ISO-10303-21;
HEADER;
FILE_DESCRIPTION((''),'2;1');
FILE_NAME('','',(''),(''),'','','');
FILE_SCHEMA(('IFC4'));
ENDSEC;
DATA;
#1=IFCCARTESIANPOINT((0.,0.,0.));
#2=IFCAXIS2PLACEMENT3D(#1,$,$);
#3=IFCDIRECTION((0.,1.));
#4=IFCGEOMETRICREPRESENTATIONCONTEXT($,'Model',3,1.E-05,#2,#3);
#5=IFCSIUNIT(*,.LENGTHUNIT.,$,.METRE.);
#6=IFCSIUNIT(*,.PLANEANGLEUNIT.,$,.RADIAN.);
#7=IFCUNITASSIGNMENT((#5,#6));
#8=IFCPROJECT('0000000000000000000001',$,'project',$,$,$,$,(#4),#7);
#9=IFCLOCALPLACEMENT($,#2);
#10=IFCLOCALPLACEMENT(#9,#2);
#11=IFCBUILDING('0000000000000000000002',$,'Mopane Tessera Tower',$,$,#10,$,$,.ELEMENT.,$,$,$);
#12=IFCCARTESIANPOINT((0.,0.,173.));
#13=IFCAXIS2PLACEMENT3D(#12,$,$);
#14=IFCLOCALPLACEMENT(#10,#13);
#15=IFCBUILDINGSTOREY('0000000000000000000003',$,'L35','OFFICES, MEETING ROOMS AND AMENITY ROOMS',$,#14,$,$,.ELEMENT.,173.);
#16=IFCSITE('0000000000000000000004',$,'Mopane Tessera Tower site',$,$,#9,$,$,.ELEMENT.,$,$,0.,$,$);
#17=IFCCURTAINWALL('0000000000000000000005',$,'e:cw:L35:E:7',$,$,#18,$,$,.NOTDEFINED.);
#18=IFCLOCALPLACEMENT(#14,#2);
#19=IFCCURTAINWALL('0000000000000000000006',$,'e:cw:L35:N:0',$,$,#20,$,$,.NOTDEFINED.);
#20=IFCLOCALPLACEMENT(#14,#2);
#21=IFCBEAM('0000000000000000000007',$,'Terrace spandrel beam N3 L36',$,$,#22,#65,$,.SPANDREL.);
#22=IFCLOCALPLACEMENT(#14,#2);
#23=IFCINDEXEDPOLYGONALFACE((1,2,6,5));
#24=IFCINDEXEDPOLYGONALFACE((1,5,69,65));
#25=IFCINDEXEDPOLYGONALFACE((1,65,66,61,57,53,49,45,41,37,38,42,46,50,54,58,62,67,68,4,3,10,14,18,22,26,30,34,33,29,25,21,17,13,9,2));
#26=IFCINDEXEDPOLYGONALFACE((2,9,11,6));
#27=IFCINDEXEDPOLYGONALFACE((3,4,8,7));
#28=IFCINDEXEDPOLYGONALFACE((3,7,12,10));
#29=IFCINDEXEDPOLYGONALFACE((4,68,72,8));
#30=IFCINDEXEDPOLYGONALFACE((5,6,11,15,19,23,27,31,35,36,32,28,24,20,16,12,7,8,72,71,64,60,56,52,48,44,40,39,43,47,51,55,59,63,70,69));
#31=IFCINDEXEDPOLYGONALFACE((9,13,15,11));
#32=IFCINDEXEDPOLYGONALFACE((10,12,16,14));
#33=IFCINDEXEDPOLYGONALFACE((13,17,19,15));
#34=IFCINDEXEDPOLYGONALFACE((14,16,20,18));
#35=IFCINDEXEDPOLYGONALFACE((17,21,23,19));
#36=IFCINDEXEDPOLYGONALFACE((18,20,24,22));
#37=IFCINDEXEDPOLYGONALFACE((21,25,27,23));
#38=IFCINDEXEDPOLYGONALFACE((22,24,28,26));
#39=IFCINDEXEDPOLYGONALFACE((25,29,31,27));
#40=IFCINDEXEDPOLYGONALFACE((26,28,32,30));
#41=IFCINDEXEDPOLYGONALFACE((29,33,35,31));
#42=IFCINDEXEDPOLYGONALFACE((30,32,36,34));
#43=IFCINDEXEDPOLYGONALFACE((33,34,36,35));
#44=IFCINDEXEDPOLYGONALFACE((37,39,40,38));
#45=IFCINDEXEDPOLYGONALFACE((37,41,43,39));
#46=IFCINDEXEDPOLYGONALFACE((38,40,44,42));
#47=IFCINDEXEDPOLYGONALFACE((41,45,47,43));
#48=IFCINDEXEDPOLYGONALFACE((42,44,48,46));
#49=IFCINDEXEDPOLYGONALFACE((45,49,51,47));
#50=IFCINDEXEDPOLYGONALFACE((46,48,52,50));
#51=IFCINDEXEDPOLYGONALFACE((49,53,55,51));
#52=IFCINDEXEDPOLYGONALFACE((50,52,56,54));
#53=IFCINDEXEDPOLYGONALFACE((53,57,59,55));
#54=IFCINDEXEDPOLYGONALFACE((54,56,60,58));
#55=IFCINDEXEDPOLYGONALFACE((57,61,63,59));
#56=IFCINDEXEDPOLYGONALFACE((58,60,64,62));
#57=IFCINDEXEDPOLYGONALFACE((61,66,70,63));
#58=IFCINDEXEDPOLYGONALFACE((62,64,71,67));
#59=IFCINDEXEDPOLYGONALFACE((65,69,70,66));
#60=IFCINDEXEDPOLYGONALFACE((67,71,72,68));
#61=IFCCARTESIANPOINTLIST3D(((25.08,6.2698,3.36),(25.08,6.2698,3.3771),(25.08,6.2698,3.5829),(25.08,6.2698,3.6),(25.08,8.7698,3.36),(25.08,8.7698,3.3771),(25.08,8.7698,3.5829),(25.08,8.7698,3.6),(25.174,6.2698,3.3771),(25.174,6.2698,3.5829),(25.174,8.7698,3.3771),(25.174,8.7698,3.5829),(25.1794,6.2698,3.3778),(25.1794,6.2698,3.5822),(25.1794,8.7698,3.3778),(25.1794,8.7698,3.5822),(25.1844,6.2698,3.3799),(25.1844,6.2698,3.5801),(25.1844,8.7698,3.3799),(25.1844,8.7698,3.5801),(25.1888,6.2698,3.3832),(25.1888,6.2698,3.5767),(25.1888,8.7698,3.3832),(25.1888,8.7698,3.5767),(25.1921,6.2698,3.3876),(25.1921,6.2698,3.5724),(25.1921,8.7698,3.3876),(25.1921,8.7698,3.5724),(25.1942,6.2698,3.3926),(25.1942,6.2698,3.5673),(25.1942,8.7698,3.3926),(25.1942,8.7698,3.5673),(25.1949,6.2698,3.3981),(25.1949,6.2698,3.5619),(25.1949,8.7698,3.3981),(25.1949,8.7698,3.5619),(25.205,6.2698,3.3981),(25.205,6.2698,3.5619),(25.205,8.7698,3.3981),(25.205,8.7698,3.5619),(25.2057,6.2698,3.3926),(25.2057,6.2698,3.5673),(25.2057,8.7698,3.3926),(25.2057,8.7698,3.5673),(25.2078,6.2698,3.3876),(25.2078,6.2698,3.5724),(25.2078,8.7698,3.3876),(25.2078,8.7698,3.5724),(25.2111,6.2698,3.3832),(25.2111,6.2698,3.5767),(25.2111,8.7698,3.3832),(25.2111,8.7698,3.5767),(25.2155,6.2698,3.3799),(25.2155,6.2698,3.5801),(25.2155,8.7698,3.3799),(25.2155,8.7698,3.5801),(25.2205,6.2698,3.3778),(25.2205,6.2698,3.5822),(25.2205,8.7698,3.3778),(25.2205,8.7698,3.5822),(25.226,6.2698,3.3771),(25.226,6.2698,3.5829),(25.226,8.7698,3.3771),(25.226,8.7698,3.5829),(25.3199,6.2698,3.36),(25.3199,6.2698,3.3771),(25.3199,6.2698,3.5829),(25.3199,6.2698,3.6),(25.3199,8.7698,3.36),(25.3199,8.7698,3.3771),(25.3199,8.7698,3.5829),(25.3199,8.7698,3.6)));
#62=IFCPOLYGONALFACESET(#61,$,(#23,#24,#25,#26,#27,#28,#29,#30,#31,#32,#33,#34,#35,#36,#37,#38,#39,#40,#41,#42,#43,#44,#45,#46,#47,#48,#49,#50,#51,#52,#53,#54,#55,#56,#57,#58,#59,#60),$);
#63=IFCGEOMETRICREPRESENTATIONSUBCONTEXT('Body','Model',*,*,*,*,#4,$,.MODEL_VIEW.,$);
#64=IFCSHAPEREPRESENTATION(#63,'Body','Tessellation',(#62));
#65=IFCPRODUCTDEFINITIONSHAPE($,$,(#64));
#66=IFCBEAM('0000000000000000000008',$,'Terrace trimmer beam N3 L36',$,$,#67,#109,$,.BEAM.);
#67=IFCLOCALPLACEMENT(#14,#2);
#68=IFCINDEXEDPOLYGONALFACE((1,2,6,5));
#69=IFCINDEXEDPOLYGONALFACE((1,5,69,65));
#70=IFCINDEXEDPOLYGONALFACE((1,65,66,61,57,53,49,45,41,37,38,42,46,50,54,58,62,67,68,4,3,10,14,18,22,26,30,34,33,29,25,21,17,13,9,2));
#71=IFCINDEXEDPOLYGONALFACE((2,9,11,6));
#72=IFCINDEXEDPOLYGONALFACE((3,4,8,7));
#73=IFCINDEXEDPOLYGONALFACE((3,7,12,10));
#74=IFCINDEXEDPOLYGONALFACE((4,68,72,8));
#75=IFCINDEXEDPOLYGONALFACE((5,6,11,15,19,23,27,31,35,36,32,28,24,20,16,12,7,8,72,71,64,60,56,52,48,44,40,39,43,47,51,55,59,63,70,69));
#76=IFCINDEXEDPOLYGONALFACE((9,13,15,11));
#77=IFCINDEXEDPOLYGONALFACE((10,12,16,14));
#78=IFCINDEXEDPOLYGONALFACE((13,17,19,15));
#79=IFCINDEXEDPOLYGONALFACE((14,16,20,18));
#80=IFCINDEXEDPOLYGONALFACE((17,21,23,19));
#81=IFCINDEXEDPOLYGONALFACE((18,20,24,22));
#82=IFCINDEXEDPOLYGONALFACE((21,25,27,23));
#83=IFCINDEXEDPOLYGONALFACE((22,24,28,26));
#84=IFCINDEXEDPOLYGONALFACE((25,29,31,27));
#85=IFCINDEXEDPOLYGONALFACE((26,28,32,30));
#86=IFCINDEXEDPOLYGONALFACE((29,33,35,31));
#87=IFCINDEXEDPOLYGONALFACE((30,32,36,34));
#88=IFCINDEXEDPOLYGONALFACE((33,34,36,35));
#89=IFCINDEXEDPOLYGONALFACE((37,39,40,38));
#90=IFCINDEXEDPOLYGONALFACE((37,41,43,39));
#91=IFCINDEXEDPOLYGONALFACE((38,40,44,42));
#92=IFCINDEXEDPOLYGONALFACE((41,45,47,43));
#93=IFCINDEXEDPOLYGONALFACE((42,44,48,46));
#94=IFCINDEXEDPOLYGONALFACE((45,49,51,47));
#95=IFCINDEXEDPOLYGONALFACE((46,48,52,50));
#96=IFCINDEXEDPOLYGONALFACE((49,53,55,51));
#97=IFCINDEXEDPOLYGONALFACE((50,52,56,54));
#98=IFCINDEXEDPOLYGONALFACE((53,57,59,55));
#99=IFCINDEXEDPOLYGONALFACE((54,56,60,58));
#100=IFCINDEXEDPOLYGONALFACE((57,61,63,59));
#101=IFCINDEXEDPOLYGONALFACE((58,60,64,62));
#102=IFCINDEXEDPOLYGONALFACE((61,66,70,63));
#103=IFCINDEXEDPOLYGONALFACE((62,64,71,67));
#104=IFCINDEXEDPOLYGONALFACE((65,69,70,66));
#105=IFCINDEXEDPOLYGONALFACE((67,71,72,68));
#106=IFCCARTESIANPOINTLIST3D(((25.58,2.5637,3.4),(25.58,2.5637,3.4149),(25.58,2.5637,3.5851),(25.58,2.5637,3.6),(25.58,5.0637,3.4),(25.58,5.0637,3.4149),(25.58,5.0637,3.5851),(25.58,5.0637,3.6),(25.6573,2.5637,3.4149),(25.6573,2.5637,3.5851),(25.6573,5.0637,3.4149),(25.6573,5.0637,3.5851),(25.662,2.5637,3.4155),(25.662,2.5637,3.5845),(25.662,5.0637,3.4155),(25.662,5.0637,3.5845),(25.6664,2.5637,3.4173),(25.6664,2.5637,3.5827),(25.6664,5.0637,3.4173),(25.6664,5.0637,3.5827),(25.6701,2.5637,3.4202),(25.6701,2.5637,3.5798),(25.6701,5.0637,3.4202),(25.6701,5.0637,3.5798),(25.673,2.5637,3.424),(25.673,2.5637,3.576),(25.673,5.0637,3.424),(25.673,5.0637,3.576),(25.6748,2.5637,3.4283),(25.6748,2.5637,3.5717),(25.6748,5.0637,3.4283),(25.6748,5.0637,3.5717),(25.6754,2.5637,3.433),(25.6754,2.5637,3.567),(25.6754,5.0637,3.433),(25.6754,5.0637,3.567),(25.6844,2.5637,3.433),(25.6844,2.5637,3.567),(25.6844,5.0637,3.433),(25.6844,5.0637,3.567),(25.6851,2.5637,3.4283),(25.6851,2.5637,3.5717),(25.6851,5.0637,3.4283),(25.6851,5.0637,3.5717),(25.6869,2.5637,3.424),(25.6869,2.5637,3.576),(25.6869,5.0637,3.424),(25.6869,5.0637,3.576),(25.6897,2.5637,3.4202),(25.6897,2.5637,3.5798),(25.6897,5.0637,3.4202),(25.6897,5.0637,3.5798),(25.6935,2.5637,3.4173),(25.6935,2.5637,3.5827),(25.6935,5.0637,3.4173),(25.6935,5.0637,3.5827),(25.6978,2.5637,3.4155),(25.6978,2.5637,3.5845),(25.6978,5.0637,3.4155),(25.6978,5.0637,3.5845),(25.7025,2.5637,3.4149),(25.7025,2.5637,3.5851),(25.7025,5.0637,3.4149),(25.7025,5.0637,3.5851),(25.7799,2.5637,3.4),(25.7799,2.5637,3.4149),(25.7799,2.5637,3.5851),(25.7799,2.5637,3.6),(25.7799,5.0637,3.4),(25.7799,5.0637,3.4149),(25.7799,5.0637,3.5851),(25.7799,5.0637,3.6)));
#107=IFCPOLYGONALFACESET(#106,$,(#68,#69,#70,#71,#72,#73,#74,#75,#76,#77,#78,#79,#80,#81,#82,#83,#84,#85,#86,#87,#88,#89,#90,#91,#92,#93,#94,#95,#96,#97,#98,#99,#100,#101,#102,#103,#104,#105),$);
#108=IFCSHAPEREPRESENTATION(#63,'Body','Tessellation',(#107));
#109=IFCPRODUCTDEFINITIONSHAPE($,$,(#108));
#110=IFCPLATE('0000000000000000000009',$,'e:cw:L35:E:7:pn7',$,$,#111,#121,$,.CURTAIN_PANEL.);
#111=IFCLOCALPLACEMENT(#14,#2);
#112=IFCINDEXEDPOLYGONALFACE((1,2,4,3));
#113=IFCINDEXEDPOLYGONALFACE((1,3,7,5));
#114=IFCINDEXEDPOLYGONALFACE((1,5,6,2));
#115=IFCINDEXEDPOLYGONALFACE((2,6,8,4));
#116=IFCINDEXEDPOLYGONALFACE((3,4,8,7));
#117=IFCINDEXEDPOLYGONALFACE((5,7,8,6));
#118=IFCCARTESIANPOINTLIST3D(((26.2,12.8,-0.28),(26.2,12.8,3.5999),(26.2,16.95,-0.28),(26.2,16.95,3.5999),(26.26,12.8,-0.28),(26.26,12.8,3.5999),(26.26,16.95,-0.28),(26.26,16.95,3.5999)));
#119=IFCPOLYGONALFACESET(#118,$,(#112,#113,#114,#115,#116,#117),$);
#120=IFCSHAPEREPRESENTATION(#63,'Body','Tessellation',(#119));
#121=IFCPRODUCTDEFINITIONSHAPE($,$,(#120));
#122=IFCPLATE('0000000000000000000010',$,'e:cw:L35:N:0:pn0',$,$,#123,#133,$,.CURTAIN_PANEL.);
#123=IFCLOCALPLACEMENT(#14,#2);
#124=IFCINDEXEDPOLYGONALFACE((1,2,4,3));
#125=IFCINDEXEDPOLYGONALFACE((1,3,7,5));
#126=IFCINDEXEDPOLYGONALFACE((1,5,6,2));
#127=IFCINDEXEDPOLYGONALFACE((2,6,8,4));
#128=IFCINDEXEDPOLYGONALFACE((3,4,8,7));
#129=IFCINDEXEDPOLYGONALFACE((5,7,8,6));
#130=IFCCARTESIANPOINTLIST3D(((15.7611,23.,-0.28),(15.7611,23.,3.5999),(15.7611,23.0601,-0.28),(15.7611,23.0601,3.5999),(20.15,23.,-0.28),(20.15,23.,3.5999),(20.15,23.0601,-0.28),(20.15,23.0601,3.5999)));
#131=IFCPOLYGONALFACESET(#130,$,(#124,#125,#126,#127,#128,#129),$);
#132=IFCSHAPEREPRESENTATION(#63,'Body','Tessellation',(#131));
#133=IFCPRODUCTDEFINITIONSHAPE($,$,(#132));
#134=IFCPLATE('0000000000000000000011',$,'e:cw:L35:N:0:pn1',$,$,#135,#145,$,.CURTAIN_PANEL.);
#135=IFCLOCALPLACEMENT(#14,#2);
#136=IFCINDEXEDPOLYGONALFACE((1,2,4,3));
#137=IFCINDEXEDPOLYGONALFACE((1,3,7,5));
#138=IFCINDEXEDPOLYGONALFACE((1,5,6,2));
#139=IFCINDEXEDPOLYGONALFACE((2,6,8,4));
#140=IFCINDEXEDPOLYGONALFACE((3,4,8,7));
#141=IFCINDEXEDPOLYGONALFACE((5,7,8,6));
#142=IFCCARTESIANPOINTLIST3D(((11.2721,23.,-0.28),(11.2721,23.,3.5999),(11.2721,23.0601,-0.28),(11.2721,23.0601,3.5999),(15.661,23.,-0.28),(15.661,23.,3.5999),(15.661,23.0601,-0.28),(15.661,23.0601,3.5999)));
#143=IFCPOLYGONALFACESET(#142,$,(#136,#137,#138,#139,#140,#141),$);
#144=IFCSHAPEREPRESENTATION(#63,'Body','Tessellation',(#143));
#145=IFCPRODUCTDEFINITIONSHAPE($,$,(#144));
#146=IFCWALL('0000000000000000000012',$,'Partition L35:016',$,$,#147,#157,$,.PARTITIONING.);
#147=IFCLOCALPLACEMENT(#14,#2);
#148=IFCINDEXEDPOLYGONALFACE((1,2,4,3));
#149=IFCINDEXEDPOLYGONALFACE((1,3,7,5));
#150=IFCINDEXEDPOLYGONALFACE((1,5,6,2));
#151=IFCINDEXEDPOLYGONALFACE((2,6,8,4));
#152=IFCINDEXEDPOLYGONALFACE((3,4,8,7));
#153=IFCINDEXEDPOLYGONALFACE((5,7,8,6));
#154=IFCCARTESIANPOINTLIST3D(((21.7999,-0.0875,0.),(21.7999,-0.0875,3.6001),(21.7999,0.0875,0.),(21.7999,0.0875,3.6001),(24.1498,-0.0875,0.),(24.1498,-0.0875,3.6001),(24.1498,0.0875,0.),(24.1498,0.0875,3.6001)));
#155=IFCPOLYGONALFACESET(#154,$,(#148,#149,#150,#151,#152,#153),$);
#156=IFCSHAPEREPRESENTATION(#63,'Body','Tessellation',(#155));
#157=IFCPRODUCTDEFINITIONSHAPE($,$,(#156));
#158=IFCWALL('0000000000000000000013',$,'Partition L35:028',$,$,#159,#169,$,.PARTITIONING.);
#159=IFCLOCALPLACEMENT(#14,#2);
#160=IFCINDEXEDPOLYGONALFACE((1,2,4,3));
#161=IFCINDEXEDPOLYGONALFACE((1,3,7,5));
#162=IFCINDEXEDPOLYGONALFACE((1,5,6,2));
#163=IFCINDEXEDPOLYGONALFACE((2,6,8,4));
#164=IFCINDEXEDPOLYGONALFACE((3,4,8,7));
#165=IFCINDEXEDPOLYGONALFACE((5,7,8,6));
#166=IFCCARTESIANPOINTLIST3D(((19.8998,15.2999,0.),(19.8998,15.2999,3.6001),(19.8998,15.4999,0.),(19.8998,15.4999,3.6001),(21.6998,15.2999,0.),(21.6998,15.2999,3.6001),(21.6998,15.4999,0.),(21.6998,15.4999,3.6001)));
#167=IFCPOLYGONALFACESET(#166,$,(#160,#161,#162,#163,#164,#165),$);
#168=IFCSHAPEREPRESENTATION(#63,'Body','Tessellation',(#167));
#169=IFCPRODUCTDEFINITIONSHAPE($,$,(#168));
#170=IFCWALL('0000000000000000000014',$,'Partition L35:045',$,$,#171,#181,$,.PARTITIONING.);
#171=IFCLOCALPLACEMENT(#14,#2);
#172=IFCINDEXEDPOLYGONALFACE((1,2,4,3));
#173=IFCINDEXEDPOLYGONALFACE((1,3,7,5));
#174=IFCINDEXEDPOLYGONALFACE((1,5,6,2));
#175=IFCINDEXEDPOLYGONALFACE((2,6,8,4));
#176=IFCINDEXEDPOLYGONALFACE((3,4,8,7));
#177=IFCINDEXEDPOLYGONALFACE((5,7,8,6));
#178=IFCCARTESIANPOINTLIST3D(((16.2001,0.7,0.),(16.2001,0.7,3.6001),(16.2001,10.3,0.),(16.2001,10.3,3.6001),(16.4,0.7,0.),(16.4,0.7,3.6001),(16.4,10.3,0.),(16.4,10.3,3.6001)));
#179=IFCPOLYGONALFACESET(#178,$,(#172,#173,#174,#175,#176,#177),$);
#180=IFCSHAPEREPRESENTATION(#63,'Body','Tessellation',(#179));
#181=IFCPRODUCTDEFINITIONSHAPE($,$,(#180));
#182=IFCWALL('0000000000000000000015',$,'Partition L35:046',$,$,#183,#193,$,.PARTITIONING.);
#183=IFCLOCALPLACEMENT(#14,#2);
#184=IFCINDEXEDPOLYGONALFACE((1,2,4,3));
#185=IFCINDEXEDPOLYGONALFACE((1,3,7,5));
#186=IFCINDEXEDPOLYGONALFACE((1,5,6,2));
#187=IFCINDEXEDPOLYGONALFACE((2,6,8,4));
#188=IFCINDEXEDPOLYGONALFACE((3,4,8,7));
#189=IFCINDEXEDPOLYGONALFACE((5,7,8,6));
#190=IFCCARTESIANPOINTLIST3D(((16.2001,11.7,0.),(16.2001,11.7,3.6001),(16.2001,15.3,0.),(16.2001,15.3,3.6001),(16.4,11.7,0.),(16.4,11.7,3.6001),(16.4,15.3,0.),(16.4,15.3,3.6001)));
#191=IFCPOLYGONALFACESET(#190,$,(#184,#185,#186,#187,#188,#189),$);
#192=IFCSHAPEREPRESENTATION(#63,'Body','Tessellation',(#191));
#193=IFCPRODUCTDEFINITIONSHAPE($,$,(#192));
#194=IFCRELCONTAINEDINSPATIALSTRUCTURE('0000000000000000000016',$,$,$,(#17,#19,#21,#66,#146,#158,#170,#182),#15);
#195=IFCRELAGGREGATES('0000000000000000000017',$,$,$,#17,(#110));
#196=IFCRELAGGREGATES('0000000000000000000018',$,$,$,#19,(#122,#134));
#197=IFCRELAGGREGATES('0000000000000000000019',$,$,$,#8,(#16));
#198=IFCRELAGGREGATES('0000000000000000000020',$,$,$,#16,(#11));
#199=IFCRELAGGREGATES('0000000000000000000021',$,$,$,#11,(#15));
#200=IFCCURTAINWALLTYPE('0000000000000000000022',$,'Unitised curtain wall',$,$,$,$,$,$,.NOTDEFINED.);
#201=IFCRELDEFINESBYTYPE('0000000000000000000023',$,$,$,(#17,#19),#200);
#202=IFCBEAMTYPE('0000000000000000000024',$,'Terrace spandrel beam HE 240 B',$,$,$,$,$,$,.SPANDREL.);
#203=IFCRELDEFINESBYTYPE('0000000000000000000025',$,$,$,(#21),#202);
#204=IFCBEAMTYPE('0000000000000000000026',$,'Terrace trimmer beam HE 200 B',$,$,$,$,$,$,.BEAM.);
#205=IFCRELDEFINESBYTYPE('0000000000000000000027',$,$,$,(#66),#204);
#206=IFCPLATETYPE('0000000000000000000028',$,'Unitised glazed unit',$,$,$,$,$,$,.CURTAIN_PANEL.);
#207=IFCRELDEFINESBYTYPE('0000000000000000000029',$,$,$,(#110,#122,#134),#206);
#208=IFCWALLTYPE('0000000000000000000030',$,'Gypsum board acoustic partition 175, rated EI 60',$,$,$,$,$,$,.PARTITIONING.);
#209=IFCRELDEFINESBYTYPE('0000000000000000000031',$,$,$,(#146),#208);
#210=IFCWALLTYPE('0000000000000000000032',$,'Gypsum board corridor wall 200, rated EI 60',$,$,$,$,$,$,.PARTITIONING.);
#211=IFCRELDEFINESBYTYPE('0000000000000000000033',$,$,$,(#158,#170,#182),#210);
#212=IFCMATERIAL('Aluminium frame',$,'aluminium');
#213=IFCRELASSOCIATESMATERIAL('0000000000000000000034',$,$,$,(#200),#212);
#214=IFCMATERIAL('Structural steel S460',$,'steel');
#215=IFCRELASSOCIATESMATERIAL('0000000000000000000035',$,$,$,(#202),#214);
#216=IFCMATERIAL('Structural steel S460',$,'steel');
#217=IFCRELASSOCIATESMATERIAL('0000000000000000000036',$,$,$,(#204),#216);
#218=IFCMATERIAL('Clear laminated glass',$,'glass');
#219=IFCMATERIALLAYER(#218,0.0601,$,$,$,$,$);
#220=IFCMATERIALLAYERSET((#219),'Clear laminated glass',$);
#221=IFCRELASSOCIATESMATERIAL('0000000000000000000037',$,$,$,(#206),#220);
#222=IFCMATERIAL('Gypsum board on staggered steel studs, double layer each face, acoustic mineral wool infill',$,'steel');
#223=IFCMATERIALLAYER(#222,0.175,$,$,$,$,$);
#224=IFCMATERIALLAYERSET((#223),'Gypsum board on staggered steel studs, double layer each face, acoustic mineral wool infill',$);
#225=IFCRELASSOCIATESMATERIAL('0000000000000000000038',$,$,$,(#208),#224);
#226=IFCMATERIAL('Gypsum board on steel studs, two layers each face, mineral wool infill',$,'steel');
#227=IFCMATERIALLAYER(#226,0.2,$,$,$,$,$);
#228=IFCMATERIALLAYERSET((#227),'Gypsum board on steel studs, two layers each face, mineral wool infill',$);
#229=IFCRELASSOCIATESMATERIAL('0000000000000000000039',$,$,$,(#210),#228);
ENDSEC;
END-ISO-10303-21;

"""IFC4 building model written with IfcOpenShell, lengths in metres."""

from ifc_helpers import new_model, si_unit, direction, frame, frame_2d, origin, origin_2d, place, context, subcontext, project, spatial, rectangle, i_section, extrude, material, layer, layer_set, material_profile, profile_set, type_object, element, aggregate, save


model = new_model("IFC4")

# Units and contexts
model_context = context("Model", 3, precision=1e-05, world=origin(), true_north=direction((0.0, 1.0)))
body_context = subcontext(model_context, "Body", "Model", "MODEL_VIEW")
ifc_project = project(units=[si_unit("LENGTHUNIT", "METRE"), si_unit("PLANEANGLEUNIT", "RADIAN")], contexts=[model_context])

# Site, building, storey
site_placement = place(None, origin())
site = spatial("IfcSite", under=ifc_project, at=site_placement, Name="Mopane Tessera Tower site", CompositionType="ELEMENT", RefElevation=0.0)
building_placement = place(site_placement, origin())
building = spatial("IfcBuilding", under=site, at=building_placement, Name="Mopane Tessera Tower", CompositionType="ELEMENT")
storey_placement = place(building_placement, frame((0.0, 0.0, 173.0)))
storey = spatial("IfcBuildingStorey", under=building, at=storey_placement, Name="L35", Description="OFFICES, MEETING ROOMS AND AMENITY ROOMS", CompositionType="ELEMENT", Elevation=173.0)

# Shared definitions
ifc_material_1 = material(Name="Aluminium frame", Category="aluminium")
curtain_wall_type = type_object("IfcCurtainWallType", Name="Unitised curtain wall", PredefinedType="NOTDEFINED", material=ifc_material_1)

# Curtain walls
curtain_wall_1_placement = place(storey_placement, origin())
curtain_wall_1 = element("IfcCurtainWall", 1, at=curtain_wall_1_placement, inside=storey, type_object=curtain_wall_type, Name="e:cw:L35:E:7", PredefinedType="NOTDEFINED")
curtain_wall_2_placement = place(storey_placement, origin())
curtain_wall_2 = element("IfcCurtainWall", 2, at=curtain_wall_2_placement, inside=storey, type_object=curtain_wall_type, Name="e:cw:L35:N:0", PredefinedType="NOTDEFINED")

# Beams
ifc_material_2 = material(Name="Structural steel S460", Category="steel")
ifc_material_profile_1 = material_profile(ifc_material_2, i_section(OverallWidth=0.24, OverallDepth=0.24, WebThickness=0.01, FlangeThickness=0.0171, FilletRadius=0.021, at=origin_2d()))
ifc_profile_set_1 = profile_set([ifc_material_profile_1], Name="Structural steel S460")
beam_type_1 = type_object("IfcBeamType", Name="Terrace spandrel beam HE 240 B", PredefinedType="SPANDREL", material=ifc_profile_set_1)
beam_1_placement = place(storey_placement, frame((25.2, 6.2698, 3.48), z_axis=(0.0, 1.0, 0.0), x_axis=(-1.0, 0.0, 0.0)))
element("IfcBeam", 3, at=beam_1_placement, inside=storey, type_object=beam_type_1, Name="Terrace spandrel beam N3 L36", PredefinedType="SPANDREL", context=body_context, shape_type="SweptSolid", body=[
    extrude(i_section(OverallWidth=0.24, OverallDepth=0.24, WebThickness=0.01, FlangeThickness=0.0171, FilletRadius=0.021, at=origin_2d()), origin(), (0.0, 0.0, 1.0), 2.5),
])
ifc_material_3 = material(Name="Structural steel S460", Category="steel")
ifc_material_profile_2 = material_profile(ifc_material_3, i_section(OverallWidth=0.2, OverallDepth=0.2, WebThickness=0.009, FlangeThickness=0.0149, FilletRadius=0.0181, at=origin_2d()))
ifc_profile_set_2 = profile_set([ifc_material_profile_2], Name="Structural steel S460")
beam_type_2 = type_object("IfcBeamType", Name="Terrace trimmer beam HE 200 B", PredefinedType="BEAM", material=ifc_profile_set_2)
beam_2_placement = place(storey_placement, frame((25.6799, 5.0637, 3.5), z_axis=(0.0, -1.0, 0.0), x_axis=(1.0, 0.0, 0.0)))
element("IfcBeam", 4, at=beam_2_placement, inside=storey, type_object=beam_type_2, Name="Terrace trimmer beam N3 L36", PredefinedType="BEAM", context=body_context, shape_type="SweptSolid", body=[
    extrude(i_section(OverallWidth=0.2, OverallDepth=0.2, WebThickness=0.009, FlangeThickness=0.0149, FilletRadius=0.0181, at=origin_2d()), origin(), (0.0, 0.0, 1.0), 2.5),
])

# Plates
ifc_material_4 = material(Name="Clear laminated glass", Category="glass")
ifc_layer_1 = layer(ifc_material_4, 0.0601)
ifc_layer_set_1 = layer_set([ifc_layer_1], Name="Clear laminated glass")
plate_type = type_object("IfcPlateType", Name="Unitised glazed unit", PredefinedType="CURTAIN_PANEL", material=ifc_layer_set_1)
plate_1_placement = place(storey_placement, frame((26.23, 14.875, -0.28), z_axis=(0.0, 0.0, 1.0), x_axis=(0.0, 1.0, 0.0)))
plate_1 = element("IfcPlate", 5, at=plate_1_placement, type_object=plate_type, Name="e:cw:L35:E:7:pn7", PredefinedType="CURTAIN_PANEL", context=body_context, shape_type="SweptSolid", body=[
    extrude(rectangle(XDim=4.1499, YDim=0.0601, at=origin_2d()), origin(), (0.0, 0.0, 1.0), 3.8799),
])
aggregate(curtain_wall_1, [plate_1])
plate_2_placement = place(storey_placement, frame((17.9556, 23.03, -0.28), z_axis=(0.0, 0.0, 1.0), x_axis=(-1.0, 0.0, 0.0)))
plate_2 = element("IfcPlate", 6, at=plate_2_placement, type_object=plate_type, Name="e:cw:L35:N:0:pn0", PredefinedType="CURTAIN_PANEL", context=body_context, shape_type="SweptSolid", body=[
    extrude(rectangle(XDim=4.3889, YDim=0.0601, at=origin_2d()), origin(), (0.0, 0.0, 1.0), 3.8799),
])
plate_3_placement = place(storey_placement, frame((13.4666, 23.03, -0.28), z_axis=(0.0, 0.0, 1.0), x_axis=(-1.0, 0.0, 0.0)))
plate_3 = element("IfcPlate", 7, at=plate_3_placement, type_object=plate_type, Name="e:cw:L35:N:0:pn1", PredefinedType="CURTAIN_PANEL", context=body_context, shape_type="SweptSolid", body=[
    extrude(rectangle(XDim=4.3889, YDim=0.0601, at=origin_2d()), origin(), (0.0, 0.0, 1.0), 3.8799),
])
aggregate(curtain_wall_2, [plate_2, plate_3])

# Walls
ifc_material_5 = material(Name="Gypsum board on staggered steel studs, double layer each face, acoustic mineral wool infill", Category="steel")
ifc_layer_2 = layer(ifc_material_5, 0.175)
ifc_layer_set_2 = layer_set([ifc_layer_2], Name="Gypsum board on staggered steel studs, double layer each face, acoustic mineral wool infill")
wall_type_1 = type_object("IfcWallType", Name="Gypsum board acoustic partition 175, rated EI 60", PredefinedType="PARTITIONING", material=ifc_layer_set_2)
wall_1_placement = place(storey_placement, frame((21.8, 0.0, 0.0), z_axis=(0.0, 0.0, 1.0), x_axis=(1.0, 0.0, 0.0)))
element("IfcWall", 8, at=wall_1_placement, inside=storey, type_object=wall_type_1, Name="Partition L35:016", PredefinedType="PARTITIONING", context=body_context, shape_type="SweptSolid", body=[
    extrude(rectangle(XDim=2.3499, YDim=0.175, at=frame_2d((1.1748, 0.0))), origin(), (0.0, 0.0, 1.0), 3.6001),
])
ifc_material_6 = material(Name="Gypsum board on steel studs, two layers each face, mineral wool infill", Category="steel")
ifc_layer_3 = layer(ifc_material_6, 0.2)
ifc_layer_set_3 = layer_set([ifc_layer_3], Name="Gypsum board on steel studs, two layers each face, mineral wool infill")
wall_type_2 = type_object("IfcWallType", Name="Gypsum board corridor wall 200, rated EI 60", PredefinedType="PARTITIONING", material=ifc_layer_set_3)
wall_2_placement = place(storey_placement, frame((19.8999, 15.3999, 0.0), z_axis=(0.0, 0.0, 1.0), x_axis=(1.0, 0.0, 0.0)))
element("IfcWall", 9, at=wall_2_placement, inside=storey, type_object=wall_type_2, Name="Partition L35:028", PredefinedType="PARTITIONING", context=body_context, shape_type="SweptSolid", body=[
    extrude(rectangle(XDim=1.8, YDim=0.2, at=frame_2d((0.8999, 0.0))), origin(), (0.0, 0.0, 1.0), 3.6001),
])
wall_3_placement = place(storey_placement, frame((16.3, 0.7, 0.0), z_axis=(0.0, 0.0, 1.0), x_axis=(0.0, 1.0, 0.0)))
element("IfcWall", 10, at=wall_3_placement, inside=storey, type_object=wall_type_2, Name="Partition L35:045", PredefinedType="PARTITIONING", context=body_context, shape_type="SweptSolid", body=[
    extrude(rectangle(XDim=9.6001, YDim=0.2, at=frame_2d((4.8, 0.0))), origin(), (0.0, 0.0, 1.0), 3.6001),
])
wall_4_placement = place(storey_placement, frame((16.3, 11.7, 0.0), z_axis=(0.0, 0.0, 1.0), x_axis=(0.0, 1.0, 0.0)))
element("IfcWall", 11, at=wall_4_placement, inside=storey, type_object=wall_type_2, Name="Partition L35:046", PredefinedType="PARTITIONING", context=body_context, shape_type="SweptSolid", body=[
    extrude(rectangle(XDim=3.6001, YDim=0.2, at=frame_2d((1.8, 0.0))), origin(), (0.0, 0.0, 1.0), 3.6001),
])

save(model, "model.ifc")
